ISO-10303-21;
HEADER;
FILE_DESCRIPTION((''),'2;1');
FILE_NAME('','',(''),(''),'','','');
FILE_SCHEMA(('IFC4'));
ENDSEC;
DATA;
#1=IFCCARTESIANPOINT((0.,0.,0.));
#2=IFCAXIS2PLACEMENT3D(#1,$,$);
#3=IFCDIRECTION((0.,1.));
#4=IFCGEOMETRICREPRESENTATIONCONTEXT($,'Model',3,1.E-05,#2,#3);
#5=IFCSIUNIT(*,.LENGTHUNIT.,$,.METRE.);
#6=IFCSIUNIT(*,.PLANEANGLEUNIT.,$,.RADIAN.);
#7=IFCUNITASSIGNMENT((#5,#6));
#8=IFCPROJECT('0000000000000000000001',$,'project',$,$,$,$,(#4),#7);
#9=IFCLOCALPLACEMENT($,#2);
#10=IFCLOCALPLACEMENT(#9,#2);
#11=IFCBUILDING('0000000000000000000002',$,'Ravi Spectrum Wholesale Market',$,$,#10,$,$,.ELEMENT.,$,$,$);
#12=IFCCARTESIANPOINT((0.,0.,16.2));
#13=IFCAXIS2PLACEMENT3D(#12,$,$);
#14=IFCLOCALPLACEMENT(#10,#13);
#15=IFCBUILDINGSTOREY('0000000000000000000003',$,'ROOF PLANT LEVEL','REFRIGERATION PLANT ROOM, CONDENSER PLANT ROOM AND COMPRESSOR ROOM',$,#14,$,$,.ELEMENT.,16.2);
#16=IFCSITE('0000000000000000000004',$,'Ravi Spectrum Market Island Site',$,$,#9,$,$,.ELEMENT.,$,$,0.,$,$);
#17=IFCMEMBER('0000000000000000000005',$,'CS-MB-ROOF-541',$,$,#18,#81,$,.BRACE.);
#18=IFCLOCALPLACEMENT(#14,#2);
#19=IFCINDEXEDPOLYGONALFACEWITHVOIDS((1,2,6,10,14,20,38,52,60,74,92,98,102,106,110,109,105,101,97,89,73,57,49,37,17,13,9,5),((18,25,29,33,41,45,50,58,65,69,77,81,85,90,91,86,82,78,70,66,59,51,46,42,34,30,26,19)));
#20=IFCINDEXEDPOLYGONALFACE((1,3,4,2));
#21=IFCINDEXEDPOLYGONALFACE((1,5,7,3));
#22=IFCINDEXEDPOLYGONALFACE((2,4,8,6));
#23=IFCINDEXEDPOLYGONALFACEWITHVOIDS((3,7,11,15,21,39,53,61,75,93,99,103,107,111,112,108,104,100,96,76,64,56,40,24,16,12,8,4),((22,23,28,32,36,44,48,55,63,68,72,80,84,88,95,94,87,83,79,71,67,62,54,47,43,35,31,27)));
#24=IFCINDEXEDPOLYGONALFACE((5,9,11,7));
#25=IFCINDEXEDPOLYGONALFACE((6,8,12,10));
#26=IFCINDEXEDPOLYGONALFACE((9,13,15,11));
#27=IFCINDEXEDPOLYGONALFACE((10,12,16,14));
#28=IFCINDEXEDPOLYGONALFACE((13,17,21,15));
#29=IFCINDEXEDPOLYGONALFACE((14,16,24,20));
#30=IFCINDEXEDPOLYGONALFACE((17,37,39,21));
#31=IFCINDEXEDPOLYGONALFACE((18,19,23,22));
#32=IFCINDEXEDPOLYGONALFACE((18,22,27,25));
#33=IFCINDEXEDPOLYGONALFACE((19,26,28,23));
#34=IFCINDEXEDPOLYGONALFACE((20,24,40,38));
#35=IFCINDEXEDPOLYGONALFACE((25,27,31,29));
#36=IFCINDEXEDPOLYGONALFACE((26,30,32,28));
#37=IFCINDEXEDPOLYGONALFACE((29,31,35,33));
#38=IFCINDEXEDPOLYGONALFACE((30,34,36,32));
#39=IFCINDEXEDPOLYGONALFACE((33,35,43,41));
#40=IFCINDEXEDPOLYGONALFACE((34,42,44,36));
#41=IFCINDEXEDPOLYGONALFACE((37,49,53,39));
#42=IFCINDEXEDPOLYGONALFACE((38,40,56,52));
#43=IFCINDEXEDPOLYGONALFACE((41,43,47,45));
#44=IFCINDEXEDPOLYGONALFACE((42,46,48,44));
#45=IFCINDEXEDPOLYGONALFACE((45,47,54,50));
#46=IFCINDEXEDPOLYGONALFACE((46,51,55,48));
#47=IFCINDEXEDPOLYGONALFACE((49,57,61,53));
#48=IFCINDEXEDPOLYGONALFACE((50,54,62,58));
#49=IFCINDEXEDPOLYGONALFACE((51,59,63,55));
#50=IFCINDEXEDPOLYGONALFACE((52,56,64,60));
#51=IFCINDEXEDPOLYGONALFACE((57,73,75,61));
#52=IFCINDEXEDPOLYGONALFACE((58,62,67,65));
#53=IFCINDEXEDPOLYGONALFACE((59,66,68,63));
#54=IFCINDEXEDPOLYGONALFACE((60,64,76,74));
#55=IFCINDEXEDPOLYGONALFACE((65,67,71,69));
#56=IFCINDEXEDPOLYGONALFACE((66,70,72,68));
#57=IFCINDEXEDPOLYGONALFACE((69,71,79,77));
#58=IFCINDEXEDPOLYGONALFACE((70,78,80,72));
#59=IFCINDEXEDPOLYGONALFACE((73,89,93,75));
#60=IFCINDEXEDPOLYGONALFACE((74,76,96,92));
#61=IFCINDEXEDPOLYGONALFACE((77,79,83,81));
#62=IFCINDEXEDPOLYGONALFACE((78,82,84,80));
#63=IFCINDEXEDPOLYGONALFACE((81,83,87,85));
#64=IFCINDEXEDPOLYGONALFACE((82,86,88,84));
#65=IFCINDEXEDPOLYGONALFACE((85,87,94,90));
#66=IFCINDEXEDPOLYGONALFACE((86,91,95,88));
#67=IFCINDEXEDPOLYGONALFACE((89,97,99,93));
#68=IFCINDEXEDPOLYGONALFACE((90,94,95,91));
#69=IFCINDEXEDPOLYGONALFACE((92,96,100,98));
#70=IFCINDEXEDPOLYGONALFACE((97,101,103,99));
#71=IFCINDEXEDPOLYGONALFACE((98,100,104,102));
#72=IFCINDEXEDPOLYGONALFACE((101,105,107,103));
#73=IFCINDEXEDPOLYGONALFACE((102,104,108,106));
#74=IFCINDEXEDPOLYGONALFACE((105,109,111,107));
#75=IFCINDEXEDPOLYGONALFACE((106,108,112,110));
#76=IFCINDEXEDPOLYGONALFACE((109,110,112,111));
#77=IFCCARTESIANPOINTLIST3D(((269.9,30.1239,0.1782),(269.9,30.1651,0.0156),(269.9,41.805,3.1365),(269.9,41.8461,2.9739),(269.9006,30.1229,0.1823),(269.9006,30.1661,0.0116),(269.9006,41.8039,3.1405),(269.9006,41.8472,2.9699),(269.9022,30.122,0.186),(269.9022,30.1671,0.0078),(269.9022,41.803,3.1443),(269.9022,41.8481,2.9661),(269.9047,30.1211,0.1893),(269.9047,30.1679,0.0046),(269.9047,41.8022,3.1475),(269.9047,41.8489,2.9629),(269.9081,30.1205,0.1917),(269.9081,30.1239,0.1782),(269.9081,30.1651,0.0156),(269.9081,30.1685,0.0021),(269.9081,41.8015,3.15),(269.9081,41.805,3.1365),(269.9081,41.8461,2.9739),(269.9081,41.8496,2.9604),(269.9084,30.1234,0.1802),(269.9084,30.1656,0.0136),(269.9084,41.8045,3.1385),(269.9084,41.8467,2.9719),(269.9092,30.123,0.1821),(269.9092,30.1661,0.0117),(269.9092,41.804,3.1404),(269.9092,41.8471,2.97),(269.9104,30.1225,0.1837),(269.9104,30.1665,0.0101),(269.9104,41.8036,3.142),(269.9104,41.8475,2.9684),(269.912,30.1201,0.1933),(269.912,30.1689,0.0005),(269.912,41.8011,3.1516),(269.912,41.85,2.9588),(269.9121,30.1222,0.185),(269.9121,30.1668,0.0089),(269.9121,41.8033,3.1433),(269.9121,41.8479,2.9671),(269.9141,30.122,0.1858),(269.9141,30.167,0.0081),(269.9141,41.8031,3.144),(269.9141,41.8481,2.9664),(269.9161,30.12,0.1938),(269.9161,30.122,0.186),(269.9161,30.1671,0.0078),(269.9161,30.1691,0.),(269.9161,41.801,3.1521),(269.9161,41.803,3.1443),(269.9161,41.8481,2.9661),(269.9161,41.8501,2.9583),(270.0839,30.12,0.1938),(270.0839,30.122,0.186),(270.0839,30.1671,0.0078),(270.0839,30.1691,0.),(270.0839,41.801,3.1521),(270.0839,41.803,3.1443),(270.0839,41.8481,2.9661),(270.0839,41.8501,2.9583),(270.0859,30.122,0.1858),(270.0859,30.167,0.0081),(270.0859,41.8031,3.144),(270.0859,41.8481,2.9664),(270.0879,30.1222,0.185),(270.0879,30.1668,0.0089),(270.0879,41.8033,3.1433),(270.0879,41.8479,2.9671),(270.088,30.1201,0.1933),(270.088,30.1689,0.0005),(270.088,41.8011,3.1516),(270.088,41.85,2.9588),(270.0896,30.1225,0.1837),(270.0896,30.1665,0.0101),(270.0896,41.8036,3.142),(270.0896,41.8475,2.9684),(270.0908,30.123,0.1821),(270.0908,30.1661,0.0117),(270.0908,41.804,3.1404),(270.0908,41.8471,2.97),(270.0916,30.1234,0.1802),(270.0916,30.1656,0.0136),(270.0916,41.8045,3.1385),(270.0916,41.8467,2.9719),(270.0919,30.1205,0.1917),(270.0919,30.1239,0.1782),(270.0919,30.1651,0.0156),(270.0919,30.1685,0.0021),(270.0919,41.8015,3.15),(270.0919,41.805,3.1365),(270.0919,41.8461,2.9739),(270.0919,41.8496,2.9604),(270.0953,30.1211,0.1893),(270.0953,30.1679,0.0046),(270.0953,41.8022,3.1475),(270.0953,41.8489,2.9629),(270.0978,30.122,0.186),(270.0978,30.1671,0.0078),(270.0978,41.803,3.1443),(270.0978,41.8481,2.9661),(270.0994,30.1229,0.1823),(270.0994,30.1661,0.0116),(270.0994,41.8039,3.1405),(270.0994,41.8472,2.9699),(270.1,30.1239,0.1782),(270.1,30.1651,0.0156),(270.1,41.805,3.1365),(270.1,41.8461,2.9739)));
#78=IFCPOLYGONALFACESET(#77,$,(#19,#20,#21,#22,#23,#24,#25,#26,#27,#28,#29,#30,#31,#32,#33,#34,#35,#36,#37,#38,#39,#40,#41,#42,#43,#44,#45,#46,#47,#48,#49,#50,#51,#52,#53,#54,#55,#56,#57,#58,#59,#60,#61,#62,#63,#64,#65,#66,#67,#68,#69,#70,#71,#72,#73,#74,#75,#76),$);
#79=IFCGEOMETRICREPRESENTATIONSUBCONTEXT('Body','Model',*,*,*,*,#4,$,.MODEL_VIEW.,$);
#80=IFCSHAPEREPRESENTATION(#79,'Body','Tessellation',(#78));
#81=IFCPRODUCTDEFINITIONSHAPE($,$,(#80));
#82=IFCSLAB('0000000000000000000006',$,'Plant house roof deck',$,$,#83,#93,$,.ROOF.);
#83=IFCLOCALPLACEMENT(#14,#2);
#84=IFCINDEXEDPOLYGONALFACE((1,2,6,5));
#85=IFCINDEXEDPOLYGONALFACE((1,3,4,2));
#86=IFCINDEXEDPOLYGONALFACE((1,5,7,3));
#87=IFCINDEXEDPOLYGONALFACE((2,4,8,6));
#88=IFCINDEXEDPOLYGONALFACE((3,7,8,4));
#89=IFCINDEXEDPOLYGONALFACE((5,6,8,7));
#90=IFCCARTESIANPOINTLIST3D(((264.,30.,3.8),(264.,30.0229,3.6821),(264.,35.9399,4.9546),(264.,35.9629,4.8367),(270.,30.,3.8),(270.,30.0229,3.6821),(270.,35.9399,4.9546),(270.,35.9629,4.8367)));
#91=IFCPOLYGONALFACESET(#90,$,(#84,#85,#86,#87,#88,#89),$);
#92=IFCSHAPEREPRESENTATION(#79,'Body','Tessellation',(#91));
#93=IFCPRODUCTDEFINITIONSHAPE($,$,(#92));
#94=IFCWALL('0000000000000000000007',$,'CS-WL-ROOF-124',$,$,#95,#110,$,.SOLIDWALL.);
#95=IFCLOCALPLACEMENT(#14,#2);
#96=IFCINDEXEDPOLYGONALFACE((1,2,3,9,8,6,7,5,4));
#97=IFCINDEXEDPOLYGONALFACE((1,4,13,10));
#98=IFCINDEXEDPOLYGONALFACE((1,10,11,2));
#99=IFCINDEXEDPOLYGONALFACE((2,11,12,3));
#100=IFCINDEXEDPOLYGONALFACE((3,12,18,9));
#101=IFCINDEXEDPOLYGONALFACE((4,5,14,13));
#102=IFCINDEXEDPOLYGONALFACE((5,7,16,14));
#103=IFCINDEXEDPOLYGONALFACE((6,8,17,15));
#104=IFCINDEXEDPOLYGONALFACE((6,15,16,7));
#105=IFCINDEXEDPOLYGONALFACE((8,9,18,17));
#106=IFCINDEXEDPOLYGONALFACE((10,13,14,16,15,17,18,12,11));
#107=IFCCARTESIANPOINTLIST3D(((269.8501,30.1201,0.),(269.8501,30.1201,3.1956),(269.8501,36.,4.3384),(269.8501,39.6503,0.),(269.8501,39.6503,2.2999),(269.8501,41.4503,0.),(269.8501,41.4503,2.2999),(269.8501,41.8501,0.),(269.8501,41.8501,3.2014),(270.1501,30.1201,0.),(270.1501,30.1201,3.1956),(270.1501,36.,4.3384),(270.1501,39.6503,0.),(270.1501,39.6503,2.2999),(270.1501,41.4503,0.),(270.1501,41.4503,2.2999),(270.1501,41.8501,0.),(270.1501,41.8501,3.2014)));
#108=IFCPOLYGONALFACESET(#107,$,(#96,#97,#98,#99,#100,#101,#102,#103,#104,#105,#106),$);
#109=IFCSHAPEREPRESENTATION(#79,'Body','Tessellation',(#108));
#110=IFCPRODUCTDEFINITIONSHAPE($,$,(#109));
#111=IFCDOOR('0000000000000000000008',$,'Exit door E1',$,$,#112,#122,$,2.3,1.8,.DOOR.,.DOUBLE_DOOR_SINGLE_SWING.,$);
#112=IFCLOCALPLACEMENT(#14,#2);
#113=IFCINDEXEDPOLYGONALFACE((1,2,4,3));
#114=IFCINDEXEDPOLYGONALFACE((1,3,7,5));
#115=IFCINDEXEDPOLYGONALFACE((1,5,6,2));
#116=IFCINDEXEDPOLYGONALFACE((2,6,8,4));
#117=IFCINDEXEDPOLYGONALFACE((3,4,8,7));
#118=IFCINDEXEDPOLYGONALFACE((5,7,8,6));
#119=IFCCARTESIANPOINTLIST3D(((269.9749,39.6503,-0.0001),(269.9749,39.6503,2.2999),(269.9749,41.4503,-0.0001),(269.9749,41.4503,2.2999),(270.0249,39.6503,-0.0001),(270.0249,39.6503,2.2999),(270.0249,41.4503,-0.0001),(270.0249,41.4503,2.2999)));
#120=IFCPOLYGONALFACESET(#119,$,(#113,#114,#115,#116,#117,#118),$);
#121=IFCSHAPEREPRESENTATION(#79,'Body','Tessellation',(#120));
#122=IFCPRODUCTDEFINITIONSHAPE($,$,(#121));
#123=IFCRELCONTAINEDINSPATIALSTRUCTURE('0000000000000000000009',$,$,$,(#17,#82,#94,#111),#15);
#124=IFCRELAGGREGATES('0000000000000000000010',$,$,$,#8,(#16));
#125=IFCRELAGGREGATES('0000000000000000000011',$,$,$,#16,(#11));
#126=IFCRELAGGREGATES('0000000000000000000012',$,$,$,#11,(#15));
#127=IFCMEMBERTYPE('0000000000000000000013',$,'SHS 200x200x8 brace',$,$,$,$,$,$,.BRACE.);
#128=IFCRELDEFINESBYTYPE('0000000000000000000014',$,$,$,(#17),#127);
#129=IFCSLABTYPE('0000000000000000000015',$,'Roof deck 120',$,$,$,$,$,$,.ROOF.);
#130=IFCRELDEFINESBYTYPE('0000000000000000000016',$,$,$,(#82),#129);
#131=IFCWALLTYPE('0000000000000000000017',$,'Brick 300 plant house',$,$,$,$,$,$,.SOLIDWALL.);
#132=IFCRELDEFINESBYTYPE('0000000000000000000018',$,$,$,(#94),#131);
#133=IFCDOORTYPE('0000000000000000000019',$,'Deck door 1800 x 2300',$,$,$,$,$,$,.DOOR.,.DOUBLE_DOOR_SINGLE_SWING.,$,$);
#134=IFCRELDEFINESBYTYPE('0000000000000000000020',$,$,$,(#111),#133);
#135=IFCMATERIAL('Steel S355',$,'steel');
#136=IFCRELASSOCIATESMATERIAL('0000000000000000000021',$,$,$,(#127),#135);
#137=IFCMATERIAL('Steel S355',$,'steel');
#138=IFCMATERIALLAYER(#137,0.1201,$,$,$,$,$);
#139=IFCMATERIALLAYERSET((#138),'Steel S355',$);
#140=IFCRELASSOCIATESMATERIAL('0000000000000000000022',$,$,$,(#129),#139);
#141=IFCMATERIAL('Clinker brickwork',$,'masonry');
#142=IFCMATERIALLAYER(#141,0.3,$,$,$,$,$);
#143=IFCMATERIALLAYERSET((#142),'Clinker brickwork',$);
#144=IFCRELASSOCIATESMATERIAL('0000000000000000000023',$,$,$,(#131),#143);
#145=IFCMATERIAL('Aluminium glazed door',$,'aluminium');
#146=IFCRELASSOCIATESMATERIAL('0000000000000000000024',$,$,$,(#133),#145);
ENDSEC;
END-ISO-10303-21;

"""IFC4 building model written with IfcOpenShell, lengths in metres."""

from ifc_helpers import new_model, si_unit, direction, frame, frame_2d, origin, origin_2d, place, context, subcontext, project, spatial, polyline, rectangle, hollow_rectangle, outline, extrude, material, layer, layer_set, material_profile, profile_set, type_object, element, fill, save


model = new_model("IFC4")

# Units and contexts
model_context = context("Model", 3, precision=1e-05, world=origin(), true_north=direction((0.0, 1.0)))
body_context = subcontext(model_context, "Body", "Model", "MODEL_VIEW")
ifc_project = project(units=[si_unit("LENGTHUNIT", "METRE"), si_unit("PLANEANGLEUNIT", "RADIAN")], contexts=[model_context])

# Site, building, storey
site_placement = place(None, origin())
site = spatial("IfcSite", under=ifc_project, at=site_placement, Name="Ravi Spectrum Market Island Site", CompositionType="ELEMENT", RefElevation=0.0)
building_placement = place(site_placement, origin())
building = spatial("IfcBuilding", under=site, at=building_placement, Name="Ravi Spectrum Wholesale Market", CompositionType="ELEMENT")
storey_placement = place(building_placement, frame((0.0, 0.0, 16.2)))
storey = spatial("IfcBuildingStorey", under=building, at=storey_placement, Name="ROOF PLANT LEVEL", Description="REFRIGERATION PLANT ROOM, CONDENSER PLANT ROOM AND COMPRESSOR ROOM", CompositionType="ELEMENT", Elevation=16.2)

# Member
ifc_material_1 = material(Name="Steel S355", Category="steel")
ifc_material_profile_1 = material_profile(ifc_material_1, hollow_rectangle(XDim=0.2, YDim=0.2, WallThickness=0.0081, InnerFilletRadius=0.0081, OuterFilletRadius=0.0161, at=origin_2d()))
ifc_profile_set_1 = profile_set([ifc_material_profile_1], Name="Steel S355")
member_type_1 = type_object("IfcMemberType", Name="SHS 200x200x8 brace", PredefinedType="BRACE", material=ifc_profile_set_1)
member_placement = place(storey_placement, frame((270.0, 30.1445, 0.0969), z_axis=(0.0, 0.969395, 0.245505), x_axis=(-1.0, 0.0, 0.0)))
element("IfcMember", 1, at=member_placement, inside=storey, type_object=member_type_1, Name="CS-MB-ROOF-541", PredefinedType="BRACE", context=body_context, shape_type="SweptSolid", body=[
    extrude(hollow_rectangle(XDim=0.2, YDim=0.2, WallThickness=0.0081, InnerFilletRadius=0.0081, OuterFilletRadius=0.0161, at=origin_2d()), origin(), (0.0, 0.0, 1.0), 12.0498),
])

# Slab
ifc_material_2 = material(Name="Steel S355", Category="steel")
ifc_layer_1 = layer(ifc_material_2, 0.1201)
ifc_layer_set_1 = layer_set([ifc_layer_1], Name="Steel S355")
slab_type = type_object("IfcSlabType", Name="Roof deck 120", PredefinedType="ROOF", material=ifc_layer_set_1)
slab_placement = place(storey_placement, frame((264.0, 30.0, 3.8), z_axis=(0.0, -0.190798, 0.981629), x_axis=(1.0, 0.0, 0.0)))
element("IfcSlab", 2, at=slab_placement, inside=storey, type_object=slab_type, Name="Plant house roof deck", PredefinedType="ROOF", context=body_context, shape_type="SweptSolid", body=[
    extrude(outline(polyline([(0.0, 0.0), (6.0, 0.0), (6.0, 6.0511), (0.0, 6.0511), (0.0, 0.0)])), origin(), (0.0, 0.0, -1.0), 0.1201),
])

# Wall, opening, door
ifc_material_3 = material(Name="Clinker brickwork", Category="masonry")
ifc_layer_2 = layer(ifc_material_3, 0.3)
ifc_layer_set_2 = layer_set([ifc_layer_2], Name="Clinker brickwork")
wall_type = type_object("IfcWallType", Name="Brick 300 plant house", PredefinedType="SOLIDWALL", material=ifc_layer_set_2)
wall_placement = place(storey_placement, frame((270.0, 30.1201, 0.0), z_axis=(0.0, 0.0, 1.0), x_axis=(0.0, 1.0, 0.0)))
wall = element("IfcWall", 3, at=wall_placement, inside=storey, type_object=wall_type, Name="CS-WL-ROOF-124", PredefinedType="SOLIDWALL", context=body_context, shape_type="SweptSolid", body=[
    extrude(outline(polyline([(0.0, 0.0), (11.73, 0.0), (11.73, 3.2014), (5.8799, 4.3384), (0.0, 3.1956), (0.0, 0.0)])), frame((0.0, 0.1499, 0.0), z_axis=(0.0, -1.0, 0.0), x_axis=(1.0, 0.0, 0.0)), (0.0, 0.0, 1.0), 0.3),
])
opening_placement = place(wall_placement, frame((11.3301, 0.0, 0.0), z_axis=(0.0, 0.0, 1.0), x_axis=(-1.0, 0.0, 0.0)))
opening = element("IfcOpeningElement", 4, at=opening_placement, cuts=wall, PredefinedType="OPENING", context=body_context, shape_type="SweptSolid", body=[
    extrude(rectangle(XDim=1.8, YDim=2.3, at=frame_2d((0.8999, 1.1499))), frame((0.0, 0.1599, 0.0), z_axis=(0.0, -1.0, 0.0), x_axis=(1.0, 0.0, 0.0)), (0.0, 0.0, 1.0), 0.3201),
])
ifc_material_4 = material(Name="Aluminium glazed door", Category="aluminium")
door_type = type_object("IfcDoorType", Name="Deck door 1800 x 2300", OperationType="DOUBLE_DOOR_SINGLE_SWING", PredefinedType="DOOR", material=ifc_material_4)
door_placement = place(opening_placement, origin())
door = element("IfcDoor", 5, at=door_placement, inside=storey, type_object=door_type, Name="Exit door E1", OperationType="DOUBLE_DOOR_SINGLE_SWING", OverallHeight=2.3, OverallWidth=1.8, PredefinedType="DOOR", context=body_context, shape_type="SweptSolid", body=[
    extrude(rectangle(XDim=1.8, YDim=2.3, at=frame_2d((0.8999, 1.1499))), frame((0.0, 0.0249, 0.0), z_axis=(0.0, -1.0, 0.0), x_axis=(1.0, 0.0, 0.0)), (0.0, 0.0, 1.0), 0.05),
])
fill(opening, door)

save(model, "model.ifc")
